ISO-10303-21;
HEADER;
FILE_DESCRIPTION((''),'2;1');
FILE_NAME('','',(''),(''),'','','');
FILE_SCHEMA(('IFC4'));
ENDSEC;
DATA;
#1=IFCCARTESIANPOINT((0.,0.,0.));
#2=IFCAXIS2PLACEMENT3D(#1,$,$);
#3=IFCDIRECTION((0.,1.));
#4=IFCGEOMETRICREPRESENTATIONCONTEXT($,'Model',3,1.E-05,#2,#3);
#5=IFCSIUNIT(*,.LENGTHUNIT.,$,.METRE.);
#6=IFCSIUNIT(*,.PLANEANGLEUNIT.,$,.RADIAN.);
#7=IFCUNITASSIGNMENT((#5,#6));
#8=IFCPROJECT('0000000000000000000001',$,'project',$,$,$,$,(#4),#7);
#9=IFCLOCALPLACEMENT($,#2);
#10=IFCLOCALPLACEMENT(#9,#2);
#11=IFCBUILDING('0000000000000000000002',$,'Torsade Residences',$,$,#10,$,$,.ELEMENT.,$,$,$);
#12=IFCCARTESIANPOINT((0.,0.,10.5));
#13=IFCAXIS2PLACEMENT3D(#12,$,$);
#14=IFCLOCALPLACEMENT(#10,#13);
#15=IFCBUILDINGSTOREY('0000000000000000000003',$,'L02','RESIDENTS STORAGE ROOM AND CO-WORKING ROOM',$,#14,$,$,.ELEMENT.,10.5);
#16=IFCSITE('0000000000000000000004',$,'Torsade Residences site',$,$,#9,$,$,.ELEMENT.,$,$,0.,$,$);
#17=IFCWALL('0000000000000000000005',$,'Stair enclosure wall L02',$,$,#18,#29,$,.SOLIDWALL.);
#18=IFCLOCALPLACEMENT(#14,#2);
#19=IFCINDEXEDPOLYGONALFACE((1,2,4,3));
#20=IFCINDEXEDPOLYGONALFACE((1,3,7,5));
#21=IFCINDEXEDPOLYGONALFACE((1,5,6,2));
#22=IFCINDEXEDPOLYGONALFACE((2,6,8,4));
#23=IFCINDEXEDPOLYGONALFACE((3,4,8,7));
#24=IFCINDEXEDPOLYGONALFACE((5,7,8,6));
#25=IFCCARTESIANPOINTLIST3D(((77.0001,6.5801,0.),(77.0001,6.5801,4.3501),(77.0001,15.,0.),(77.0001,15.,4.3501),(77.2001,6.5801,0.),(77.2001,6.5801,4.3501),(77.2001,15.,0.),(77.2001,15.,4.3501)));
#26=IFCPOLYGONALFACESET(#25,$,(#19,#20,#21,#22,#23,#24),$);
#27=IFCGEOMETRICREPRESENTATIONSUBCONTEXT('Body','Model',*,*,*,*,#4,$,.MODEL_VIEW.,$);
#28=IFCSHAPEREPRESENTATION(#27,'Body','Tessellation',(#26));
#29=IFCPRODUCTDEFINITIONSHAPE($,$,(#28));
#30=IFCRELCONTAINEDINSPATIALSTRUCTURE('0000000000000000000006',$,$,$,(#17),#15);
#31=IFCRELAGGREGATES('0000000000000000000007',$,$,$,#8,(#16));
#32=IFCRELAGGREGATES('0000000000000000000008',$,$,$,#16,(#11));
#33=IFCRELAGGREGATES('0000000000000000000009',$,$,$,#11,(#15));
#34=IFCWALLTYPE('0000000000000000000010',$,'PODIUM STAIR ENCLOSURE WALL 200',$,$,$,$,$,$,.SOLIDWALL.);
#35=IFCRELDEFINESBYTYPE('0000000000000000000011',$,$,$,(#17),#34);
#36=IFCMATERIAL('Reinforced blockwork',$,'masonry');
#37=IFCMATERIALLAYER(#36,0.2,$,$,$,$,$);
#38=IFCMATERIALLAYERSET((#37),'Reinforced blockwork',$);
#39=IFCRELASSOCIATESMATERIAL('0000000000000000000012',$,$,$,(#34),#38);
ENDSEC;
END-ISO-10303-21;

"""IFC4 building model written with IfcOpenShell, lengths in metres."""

from ifc_helpers import new_model, si_unit, direction, frame, frame_2d, origin, place, context, subcontext, project, spatial, rectangle, extrude, material, layer, layer_set, type_object, element, save


model = new_model("IFC4")

# Units and contexts
model_context = context("Model", 3, precision=1e-05, world=origin(), true_north=direction((0.0, 1.0)))
body_context = subcontext(model_context, "Body", "Model", "MODEL_VIEW")
ifc_project = project(units=[si_unit("LENGTHUNIT", "METRE"), si_unit("PLANEANGLEUNIT", "RADIAN")], contexts=[model_context])

# Site, building, storey
site_placement = place(None, origin())
site = spatial("IfcSite", under=ifc_project, at=site_placement, Name="Torsade Residences site", CompositionType="ELEMENT", RefElevation=0.0)
building_placement = place(site_placement, origin())
building = spatial("IfcBuilding", under=site, at=building_placement, Name="Torsade Residences", CompositionType="ELEMENT")
storey_placement = place(building_placement, frame((0.0, 0.0, 10.5)))
storey = spatial("IfcBuildingStorey", under=building, at=storey_placement, Name="L02", Description="RESIDENTS STORAGE ROOM AND CO-WORKING ROOM", CompositionType="ELEMENT", Elevation=10.5)

# Wall
ifc_material_1 = material(Name="Reinforced blockwork", Category="masonry")
ifc_layer_1 = layer(ifc_material_1, 0.2)
ifc_layer_set_1 = layer_set([ifc_layer_1], Name="Reinforced blockwork")
wall_type = type_object("IfcWallType", Name="PODIUM STAIR ENCLOSURE WALL 200", PredefinedType="SOLIDWALL", material=ifc_layer_set_1)
wall_1_placement = place(storey_placement, frame((77.1001, 6.5801, 0.0), z_axis=(0.0, 0.0, 1.0), x_axis=(0.0, 1.0, 0.0)))
element("IfcWall", 1, at=wall_1_placement, inside=storey, type_object=wall_type, Name="Stair enclosure wall L02", PredefinedType="SOLIDWALL", context=body_context, shape_type="SweptSolid", body=[
    extrude(rectangle(XDim=8.4199, YDim=0.2, at=frame_2d((4.21, 0.0))), origin(), (0.0, 0.0, 1.0), 4.3501),
])

save(model, "model.ifc")
